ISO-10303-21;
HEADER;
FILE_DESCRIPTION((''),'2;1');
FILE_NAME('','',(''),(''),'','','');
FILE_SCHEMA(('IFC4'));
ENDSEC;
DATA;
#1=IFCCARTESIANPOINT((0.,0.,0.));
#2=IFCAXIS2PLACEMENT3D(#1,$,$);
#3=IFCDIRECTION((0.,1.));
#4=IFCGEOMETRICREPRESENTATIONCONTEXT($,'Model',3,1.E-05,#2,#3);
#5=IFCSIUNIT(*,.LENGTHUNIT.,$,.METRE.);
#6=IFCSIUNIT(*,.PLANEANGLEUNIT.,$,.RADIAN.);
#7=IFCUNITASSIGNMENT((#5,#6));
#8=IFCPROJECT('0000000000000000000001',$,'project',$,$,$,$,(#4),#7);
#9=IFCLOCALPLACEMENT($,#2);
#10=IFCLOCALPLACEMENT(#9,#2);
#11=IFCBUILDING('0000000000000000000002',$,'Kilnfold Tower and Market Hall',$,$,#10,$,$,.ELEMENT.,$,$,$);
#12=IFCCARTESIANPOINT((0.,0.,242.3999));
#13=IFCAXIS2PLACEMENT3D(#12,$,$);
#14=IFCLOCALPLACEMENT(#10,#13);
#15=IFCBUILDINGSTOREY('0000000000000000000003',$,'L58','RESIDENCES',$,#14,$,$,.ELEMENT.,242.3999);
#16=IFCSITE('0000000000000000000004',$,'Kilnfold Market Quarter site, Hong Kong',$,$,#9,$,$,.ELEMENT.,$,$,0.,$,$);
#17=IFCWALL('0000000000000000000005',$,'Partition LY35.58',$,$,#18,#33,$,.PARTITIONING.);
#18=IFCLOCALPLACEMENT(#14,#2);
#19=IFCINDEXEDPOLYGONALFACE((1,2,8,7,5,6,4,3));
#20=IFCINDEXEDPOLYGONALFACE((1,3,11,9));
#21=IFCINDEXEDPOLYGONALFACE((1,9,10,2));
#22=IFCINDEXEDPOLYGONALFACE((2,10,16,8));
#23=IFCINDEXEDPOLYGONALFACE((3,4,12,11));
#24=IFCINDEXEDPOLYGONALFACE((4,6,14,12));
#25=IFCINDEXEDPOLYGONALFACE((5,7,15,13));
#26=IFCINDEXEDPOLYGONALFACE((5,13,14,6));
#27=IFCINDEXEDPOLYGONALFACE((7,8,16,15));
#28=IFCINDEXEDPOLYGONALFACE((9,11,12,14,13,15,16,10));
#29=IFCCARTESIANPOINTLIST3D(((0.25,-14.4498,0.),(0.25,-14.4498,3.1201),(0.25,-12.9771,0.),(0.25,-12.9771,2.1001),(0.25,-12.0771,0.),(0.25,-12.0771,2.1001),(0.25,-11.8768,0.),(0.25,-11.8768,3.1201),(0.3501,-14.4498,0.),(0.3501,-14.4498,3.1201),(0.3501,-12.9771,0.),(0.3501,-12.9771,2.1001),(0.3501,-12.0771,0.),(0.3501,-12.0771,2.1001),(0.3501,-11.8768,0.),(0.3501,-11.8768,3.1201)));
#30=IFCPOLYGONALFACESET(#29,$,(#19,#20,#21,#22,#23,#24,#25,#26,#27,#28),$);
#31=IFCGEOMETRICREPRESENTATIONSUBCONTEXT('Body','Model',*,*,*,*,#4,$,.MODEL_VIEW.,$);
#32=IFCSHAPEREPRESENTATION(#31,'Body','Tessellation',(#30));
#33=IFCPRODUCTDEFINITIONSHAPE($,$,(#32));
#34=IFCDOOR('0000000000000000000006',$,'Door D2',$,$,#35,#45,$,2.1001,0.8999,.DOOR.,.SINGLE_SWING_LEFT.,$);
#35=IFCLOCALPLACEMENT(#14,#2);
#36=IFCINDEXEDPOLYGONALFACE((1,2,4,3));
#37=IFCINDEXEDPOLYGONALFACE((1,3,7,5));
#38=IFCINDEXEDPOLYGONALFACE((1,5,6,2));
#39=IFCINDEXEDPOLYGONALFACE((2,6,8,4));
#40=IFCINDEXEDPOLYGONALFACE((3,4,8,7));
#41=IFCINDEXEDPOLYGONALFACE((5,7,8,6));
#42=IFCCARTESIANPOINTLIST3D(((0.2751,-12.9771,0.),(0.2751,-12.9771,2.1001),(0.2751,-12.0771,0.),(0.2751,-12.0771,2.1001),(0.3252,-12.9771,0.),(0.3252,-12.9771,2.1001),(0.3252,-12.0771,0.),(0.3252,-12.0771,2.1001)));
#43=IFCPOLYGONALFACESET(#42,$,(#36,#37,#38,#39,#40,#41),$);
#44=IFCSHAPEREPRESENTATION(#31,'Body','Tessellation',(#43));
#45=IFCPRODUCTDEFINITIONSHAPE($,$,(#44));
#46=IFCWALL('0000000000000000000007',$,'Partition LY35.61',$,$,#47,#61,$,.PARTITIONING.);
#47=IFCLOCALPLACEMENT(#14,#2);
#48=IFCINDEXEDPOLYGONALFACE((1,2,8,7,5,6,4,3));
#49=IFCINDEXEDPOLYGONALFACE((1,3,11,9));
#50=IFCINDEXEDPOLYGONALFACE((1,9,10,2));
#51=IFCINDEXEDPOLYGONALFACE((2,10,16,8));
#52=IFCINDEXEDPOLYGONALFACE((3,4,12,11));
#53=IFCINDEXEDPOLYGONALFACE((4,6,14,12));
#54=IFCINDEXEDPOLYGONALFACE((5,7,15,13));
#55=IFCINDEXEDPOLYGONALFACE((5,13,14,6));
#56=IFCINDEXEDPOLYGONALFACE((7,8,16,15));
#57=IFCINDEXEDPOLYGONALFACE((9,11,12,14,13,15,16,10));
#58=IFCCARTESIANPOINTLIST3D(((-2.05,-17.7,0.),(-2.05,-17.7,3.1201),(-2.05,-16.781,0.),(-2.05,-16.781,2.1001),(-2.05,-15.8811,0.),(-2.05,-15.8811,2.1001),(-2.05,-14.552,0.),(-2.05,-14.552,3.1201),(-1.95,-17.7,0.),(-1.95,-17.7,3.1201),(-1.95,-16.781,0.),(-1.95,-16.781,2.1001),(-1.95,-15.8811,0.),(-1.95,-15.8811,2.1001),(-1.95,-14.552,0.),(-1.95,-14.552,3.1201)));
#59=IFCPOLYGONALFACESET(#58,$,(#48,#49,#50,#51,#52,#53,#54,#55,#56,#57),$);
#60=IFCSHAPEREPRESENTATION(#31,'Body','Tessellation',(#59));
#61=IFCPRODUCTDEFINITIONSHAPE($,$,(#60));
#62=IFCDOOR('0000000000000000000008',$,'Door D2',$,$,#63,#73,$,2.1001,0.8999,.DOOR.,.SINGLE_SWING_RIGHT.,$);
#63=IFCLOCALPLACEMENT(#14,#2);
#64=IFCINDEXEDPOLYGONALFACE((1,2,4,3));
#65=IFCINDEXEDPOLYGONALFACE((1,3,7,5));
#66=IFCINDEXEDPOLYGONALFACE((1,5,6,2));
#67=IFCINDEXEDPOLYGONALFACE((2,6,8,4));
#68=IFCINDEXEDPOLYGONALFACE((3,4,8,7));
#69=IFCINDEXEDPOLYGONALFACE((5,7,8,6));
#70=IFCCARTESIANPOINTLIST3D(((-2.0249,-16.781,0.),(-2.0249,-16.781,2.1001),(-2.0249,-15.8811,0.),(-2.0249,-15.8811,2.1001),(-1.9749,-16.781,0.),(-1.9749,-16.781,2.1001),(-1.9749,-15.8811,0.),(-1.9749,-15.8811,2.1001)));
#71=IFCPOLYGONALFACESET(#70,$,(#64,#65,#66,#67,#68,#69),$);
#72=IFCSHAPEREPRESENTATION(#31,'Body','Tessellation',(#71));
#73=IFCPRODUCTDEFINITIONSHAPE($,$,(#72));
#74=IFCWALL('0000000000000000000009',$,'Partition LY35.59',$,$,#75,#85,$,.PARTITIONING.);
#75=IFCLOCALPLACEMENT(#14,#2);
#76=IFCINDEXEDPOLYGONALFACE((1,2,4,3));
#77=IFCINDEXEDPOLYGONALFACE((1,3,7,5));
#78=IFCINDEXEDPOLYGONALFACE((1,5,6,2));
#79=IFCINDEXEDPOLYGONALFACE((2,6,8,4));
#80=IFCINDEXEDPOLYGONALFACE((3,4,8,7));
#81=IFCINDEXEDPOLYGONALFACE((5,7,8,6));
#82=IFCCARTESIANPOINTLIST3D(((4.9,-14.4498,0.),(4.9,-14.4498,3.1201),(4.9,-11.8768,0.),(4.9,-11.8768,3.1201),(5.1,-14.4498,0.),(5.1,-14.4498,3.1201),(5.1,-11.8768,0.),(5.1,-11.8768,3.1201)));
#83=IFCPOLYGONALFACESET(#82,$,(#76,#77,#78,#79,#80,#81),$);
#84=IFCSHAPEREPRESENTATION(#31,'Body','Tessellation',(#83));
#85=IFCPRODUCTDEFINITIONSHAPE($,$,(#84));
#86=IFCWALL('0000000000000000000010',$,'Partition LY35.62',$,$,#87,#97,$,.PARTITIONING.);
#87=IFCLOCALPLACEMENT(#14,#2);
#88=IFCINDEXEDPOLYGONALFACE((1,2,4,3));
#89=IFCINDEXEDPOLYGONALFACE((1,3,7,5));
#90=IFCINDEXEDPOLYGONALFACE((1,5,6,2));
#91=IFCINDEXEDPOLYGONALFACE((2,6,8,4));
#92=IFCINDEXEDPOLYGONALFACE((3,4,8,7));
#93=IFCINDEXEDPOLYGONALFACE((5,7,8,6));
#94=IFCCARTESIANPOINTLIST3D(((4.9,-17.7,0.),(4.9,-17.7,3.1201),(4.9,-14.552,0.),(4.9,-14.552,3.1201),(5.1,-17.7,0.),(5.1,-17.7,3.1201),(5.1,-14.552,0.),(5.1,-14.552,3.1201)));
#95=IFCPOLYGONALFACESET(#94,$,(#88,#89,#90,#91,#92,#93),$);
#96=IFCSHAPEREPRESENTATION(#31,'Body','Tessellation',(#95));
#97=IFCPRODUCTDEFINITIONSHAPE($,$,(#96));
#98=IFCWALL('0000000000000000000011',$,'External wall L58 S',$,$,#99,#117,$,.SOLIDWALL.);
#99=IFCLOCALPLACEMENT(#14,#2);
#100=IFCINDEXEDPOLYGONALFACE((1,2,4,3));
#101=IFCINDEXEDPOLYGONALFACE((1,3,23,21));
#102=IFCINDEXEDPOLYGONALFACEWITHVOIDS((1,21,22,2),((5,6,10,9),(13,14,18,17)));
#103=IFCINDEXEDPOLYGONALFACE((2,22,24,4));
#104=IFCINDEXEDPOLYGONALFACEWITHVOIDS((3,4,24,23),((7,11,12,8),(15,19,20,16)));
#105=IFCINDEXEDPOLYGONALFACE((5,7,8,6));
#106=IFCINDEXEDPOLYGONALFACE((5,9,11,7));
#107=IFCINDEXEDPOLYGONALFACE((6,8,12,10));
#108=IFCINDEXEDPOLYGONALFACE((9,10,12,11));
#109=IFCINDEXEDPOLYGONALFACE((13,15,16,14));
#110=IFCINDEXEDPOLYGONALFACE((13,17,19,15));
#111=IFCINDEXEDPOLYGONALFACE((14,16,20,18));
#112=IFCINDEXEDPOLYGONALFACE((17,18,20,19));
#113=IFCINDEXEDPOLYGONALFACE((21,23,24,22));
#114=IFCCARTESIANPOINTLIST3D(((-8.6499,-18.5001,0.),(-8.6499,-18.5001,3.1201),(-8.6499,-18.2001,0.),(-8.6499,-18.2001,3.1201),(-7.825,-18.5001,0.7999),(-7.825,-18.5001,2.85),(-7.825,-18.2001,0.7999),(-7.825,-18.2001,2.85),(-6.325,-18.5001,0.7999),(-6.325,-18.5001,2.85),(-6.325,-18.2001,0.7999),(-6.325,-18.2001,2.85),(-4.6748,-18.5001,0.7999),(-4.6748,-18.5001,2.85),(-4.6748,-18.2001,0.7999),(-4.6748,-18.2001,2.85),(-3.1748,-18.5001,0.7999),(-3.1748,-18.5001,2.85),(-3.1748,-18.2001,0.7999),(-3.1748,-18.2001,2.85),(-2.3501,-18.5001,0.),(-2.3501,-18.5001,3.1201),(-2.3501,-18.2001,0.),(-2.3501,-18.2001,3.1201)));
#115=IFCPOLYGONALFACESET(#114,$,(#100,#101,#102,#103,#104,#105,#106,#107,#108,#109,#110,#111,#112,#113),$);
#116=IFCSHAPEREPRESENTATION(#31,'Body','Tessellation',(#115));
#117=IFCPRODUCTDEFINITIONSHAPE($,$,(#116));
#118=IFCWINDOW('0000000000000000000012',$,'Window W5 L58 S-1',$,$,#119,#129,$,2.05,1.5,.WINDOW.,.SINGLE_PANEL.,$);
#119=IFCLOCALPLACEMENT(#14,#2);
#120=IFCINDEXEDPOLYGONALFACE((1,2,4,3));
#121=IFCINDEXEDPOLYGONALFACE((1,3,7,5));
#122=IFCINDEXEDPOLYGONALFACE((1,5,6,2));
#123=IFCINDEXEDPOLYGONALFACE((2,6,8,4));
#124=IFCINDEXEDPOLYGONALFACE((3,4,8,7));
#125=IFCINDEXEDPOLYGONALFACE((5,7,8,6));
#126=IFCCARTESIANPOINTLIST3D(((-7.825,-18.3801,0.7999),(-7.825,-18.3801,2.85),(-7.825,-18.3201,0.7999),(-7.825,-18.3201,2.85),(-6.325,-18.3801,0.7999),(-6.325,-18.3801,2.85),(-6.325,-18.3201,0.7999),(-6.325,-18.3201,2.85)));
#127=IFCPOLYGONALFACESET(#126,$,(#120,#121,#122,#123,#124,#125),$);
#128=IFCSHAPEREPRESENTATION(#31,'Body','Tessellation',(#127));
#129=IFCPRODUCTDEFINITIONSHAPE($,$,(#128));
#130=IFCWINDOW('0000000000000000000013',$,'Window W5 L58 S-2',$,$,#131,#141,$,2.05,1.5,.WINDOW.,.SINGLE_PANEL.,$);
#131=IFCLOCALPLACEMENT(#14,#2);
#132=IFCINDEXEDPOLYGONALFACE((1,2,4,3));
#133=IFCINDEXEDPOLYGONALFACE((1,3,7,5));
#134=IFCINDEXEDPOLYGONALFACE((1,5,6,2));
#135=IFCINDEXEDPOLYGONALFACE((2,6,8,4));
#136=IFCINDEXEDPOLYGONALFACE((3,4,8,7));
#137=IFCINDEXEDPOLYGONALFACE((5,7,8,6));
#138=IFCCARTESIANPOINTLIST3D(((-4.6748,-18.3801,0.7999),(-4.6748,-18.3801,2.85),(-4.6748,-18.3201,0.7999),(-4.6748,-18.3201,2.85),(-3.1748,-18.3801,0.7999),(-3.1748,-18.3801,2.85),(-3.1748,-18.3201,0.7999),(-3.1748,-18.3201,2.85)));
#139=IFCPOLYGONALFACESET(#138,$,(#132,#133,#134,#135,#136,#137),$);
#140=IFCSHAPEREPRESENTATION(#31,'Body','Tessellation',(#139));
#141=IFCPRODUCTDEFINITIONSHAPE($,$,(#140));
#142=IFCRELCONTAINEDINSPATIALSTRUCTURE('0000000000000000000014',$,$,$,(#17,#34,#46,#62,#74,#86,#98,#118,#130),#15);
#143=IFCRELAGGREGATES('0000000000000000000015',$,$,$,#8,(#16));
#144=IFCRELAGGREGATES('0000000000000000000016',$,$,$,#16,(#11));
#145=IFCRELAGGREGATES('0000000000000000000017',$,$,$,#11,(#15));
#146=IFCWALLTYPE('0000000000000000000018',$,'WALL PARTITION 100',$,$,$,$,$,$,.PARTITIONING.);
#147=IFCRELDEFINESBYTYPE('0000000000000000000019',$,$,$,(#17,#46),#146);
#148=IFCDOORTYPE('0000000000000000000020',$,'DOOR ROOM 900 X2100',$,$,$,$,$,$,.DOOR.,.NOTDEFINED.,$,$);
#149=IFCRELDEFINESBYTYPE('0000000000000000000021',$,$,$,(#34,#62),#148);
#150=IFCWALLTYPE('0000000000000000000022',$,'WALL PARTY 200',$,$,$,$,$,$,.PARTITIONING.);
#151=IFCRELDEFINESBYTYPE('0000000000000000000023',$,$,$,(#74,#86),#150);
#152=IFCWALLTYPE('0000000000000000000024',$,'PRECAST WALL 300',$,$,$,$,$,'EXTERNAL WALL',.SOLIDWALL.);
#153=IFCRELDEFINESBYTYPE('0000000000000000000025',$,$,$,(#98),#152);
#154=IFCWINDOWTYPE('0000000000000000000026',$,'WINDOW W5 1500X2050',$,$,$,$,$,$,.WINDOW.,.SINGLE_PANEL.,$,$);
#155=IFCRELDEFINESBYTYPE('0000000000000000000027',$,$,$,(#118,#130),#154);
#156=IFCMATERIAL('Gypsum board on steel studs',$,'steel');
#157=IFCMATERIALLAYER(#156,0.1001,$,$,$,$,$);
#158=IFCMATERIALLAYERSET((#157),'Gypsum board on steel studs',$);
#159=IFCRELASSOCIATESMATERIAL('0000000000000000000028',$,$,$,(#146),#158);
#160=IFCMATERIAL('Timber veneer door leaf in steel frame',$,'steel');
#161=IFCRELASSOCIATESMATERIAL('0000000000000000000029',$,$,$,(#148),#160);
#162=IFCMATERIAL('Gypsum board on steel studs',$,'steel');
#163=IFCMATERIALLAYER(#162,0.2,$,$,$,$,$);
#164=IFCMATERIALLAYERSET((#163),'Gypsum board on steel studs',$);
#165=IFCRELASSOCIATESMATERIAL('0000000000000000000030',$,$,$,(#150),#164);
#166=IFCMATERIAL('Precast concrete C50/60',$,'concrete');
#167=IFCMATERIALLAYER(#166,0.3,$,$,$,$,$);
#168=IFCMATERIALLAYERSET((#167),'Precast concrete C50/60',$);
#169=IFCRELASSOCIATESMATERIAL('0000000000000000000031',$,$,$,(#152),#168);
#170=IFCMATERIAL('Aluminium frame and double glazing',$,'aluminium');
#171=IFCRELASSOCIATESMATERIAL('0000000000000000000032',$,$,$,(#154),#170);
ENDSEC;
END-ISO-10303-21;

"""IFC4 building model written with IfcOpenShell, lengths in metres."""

from ifc_helpers import new_model, si_unit, direction, frame, frame_2d, origin, place, context, subcontext, project, spatial, rectangle, extrude, source, transform, mapped, material, layer, layer_set, type_object, element, fill, save


model = new_model("IFC4")

# Units and contexts
model_context = context("Model", 3, precision=1e-05, world=origin(), true_north=direction((0.0, 1.0)))
body_context = subcontext(model_context, "Body", "Model", "MODEL_VIEW")
ifc_project = project(units=[si_unit("LENGTHUNIT", "METRE"), si_unit("PLANEANGLEUNIT", "RADIAN")], contexts=[model_context])

# Site, building, storey
site_placement = place(None, origin())
site = spatial("IfcSite", under=ifc_project, at=site_placement, Name="Kilnfold Market Quarter site, Hong Kong", CompositionType="ELEMENT", RefElevation=0.0)
building_placement = place(site_placement, origin())
building = spatial("IfcBuilding", under=site, at=building_placement, Name="Kilnfold Tower and Market Hall", CompositionType="ELEMENT")
storey_placement = place(building_placement, frame((0.0, 0.0, 242.3999)))
storey = spatial("IfcBuildingStorey", under=building, at=storey_placement, Name="L58", Description="RESIDENCES", CompositionType="ELEMENT", Elevation=242.3999)

# Walls, openings, doors
ifc_material_1 = material(Name="Gypsum board on steel studs", Category="steel")
ifc_layer_1 = layer(ifc_material_1, 0.1001)
ifc_layer_set_1 = layer_set([ifc_layer_1], Name="Gypsum board on steel studs")
wall_type_1 = type_object("IfcWallType", Name="WALL PARTITION 100", PredefinedType="PARTITIONING", material=ifc_layer_set_1)
wall_1_placement = place(storey_placement, frame((0.3, -14.45, 0.0), z_axis=(0.0, 0.0, 1.0), x_axis=(0.0, 1.0, 0.0)))
wall_1 = element("IfcWall", 1, at=wall_1_placement, inside=storey, type_object=wall_type_1, Name="Partition LY35.58", PredefinedType="PARTITIONING", context=body_context, shape_type="SweptSolid", body=[
    extrude(rectangle(XDim=2.573, YDim=0.1001, at=frame_2d((1.2866, 0.0))), origin(), (0.0, 0.0, 1.0), 3.1201),
])
opening_1_placement = place(wall_1_placement, frame((1.4729, 0.0, 0.0)))
opening_1 = element("IfcOpeningElement", 2, at=opening_1_placement, cuts=wall_1, PredefinedType="OPENING", context=body_context, shape_type="SweptSolid", body=[
    extrude(rectangle(XDim=0.8999, YDim=2.1001, at=frame_2d((0.45, 1.05))), frame((0.0, 0.0601, 0.0), z_axis=(0.0, -1.0, 0.0), x_axis=(1.0, 0.0, 0.0)), (0.0, 0.0, 1.0), 0.1201),
])
ifc_material_2 = material(Name="Timber veneer door leaf in steel frame", Category="steel")
door_type_1 = type_object("IfcDoorType", Name="DOOR ROOM 900 X2100", OperationType="NOTDEFINED", PredefinedType="DOOR", material=ifc_material_2)
door_1_placement = place(opening_1_placement, origin())
door_1 = element("IfcDoor", 3, at=door_1_placement, inside=storey, type_object=door_type_1, Name="Door D2", OperationType="SINGLE_SWING_LEFT", OverallHeight=2.1001, OverallWidth=0.8999, PredefinedType="DOOR", context=body_context, shape_type="SweptSolid", body=[
    extrude(rectangle(XDim=0.8999, YDim=2.1001, at=frame_2d((0.45, 1.05))), frame((0.0, 0.0249, 0.0), z_axis=(0.0, -1.0, 0.0), x_axis=(1.0, 0.0, 0.0)), (0.0, 0.0, 1.0), 0.05),
])
fill(opening_1, door_1)
wall_2_placement = place(storey_placement, frame((-2.0, -17.7, 0.0), z_axis=(0.0, 0.0, 1.0), x_axis=(0.0, 1.0, 0.0)))
wall_2 = element("IfcWall", 4, at=wall_2_placement, inside=storey, type_object=wall_type_1, Name="Partition LY35.61", PredefinedType="PARTITIONING", context=body_context, shape_type="SweptSolid", body=[
    extrude(rectangle(XDim=3.1479, YDim=0.1001, at=frame_2d((1.574, 0.0))), origin(), (0.0, 0.0, 1.0), 3.1201),
])
opening_2_placement = place(wall_2_placement, frame((0.9189, 0.0, 0.0)))
opening_2 = element("IfcOpeningElement", 5, at=opening_2_placement, cuts=wall_2, PredefinedType="OPENING", context=body_context, shape_type="SweptSolid", body=[
    extrude(rectangle(XDim=0.8999, YDim=2.1001, at=frame_2d((0.45, 1.05))), frame((0.0, 0.0601, 0.0), z_axis=(0.0, -1.0, 0.0), x_axis=(1.0, 0.0, 0.0)), (0.0, 0.0, 1.0), 0.1201),
])
door_2_placement = place(opening_2_placement, origin())
door_2 = element("IfcDoor", 6, at=door_2_placement, inside=storey, type_object=door_type_1, Name="Door D2", OperationType="SINGLE_SWING_RIGHT", OverallHeight=2.1001, OverallWidth=0.8999, PredefinedType="DOOR", context=body_context, shape_type="SweptSolid", body=[
    extrude(rectangle(XDim=0.8999, YDim=2.1001, at=frame_2d((0.45, 1.05))), frame((0.0, 0.0249, 0.0), z_axis=(0.0, -1.0, 0.0), x_axis=(1.0, 0.0, 0.0)), (0.0, 0.0, 1.0), 0.05),
])
fill(opening_2, door_2)

# Walls
ifc_material_3 = material(Name="Gypsum board on steel studs", Category="steel")
ifc_layer_2 = layer(ifc_material_3, 0.2)
ifc_layer_set_2 = layer_set([ifc_layer_2], Name="Gypsum board on steel studs")
wall_type_2 = type_object("IfcWallType", Name="WALL PARTY 200", PredefinedType="PARTITIONING", material=ifc_layer_set_2)
wall_3_placement = place(storey_placement, frame((5.0, -14.45, 0.0), z_axis=(0.0, 0.0, 1.0), x_axis=(0.0, 1.0, 0.0)))
element("IfcWall", 7, at=wall_3_placement, inside=storey, type_object=wall_type_2, Name="Partition LY35.59", PredefinedType="PARTITIONING", context=body_context, shape_type="SweptSolid", body=[
    extrude(rectangle(XDim=2.573, YDim=0.2, at=frame_2d((1.2866, 0.0))), origin(), (0.0, 0.0, 1.0), 3.1201),
])
wall_4_placement = place(storey_placement, frame((5.0, -17.7, 0.0), z_axis=(0.0, 0.0, 1.0), x_axis=(0.0, 1.0, 0.0)))
element("IfcWall", 8, at=wall_4_placement, inside=storey, type_object=wall_type_2, Name="Partition LY35.62", PredefinedType="PARTITIONING", context=body_context, shape_type="SweptSolid", body=[
    extrude(rectangle(XDim=3.1479, YDim=0.2, at=frame_2d((1.574, 0.0))), origin(), (0.0, 0.0, 1.0), 3.1201),
])

# Wall, openings, windows
ifc_material_4 = material(Name="Precast concrete C50/60", Category="concrete")
ifc_layer_3 = layer(ifc_material_4, 0.3)
ifc_layer_set_3 = layer_set([ifc_layer_3], Name="Precast concrete C50/60")
wall_type_3 = type_object("IfcWallType", Name="PRECAST WALL 300", ElementType="EXTERNAL WALL", PredefinedType="SOLIDWALL", material=ifc_layer_set_3)
shared_shape_1 = source(origin(), body_context, "Body", "SweptSolid", [
    extrude(rectangle(XDim=6.2998, YDim=0.3, at=frame_2d((3.1499, 0.0))), origin(), (0.0, 0.0, 1.0), 3.1201),
])
wall_5_placement = place(storey_placement, frame((-8.6499, -18.3501, 0.0), z_axis=(0.0, 0.0, 1.0), x_axis=(1.0, 0.0, 0.0)))
wall_5 = element("IfcWall", 9, at=wall_5_placement, inside=storey, type_object=wall_type_3, Name="External wall L58 S", PredefinedType="SOLIDWALL", context=body_context, shape_type="MappedRepresentation", body=[
    mapped(shared_shape_1, transform((0.0, 0.0, 0.0))),
])
opening_3_placement = place(wall_5_placement, frame((0.825, 0.0, 0.8)))
opening_3 = element("IfcOpeningElement", 10, at=opening_3_placement, cuts=wall_5, PredefinedType="OPENING", context=body_context, shape_type="SweptSolid", body=[
    extrude(rectangle(XDim=1.5, YDim=2.05, at=frame_2d((0.75, 1.0249))), frame((0.0, 0.1602, 0.0), z_axis=(0.0, -1.0, 0.0), x_axis=(1.0, 0.0, 0.0)), (0.0, 0.0, 1.0), 0.3201),
])
opening_4_placement = place(wall_5_placement, frame((3.9751, 0.0, 0.8)))
opening_4 = element("IfcOpeningElement", 11, at=opening_4_placement, cuts=wall_5, PredefinedType="OPENING", context=body_context, shape_type="SweptSolid", body=[
    extrude(rectangle(XDim=1.5, YDim=2.05, at=frame_2d((0.75, 1.0249))), frame((0.0, 0.1602, 0.0), z_axis=(0.0, -1.0, 0.0), x_axis=(1.0, 0.0, 0.0)), (0.0, 0.0, 1.0), 0.3201),
])
ifc_material_5 = material(Name="Aluminium frame and double glazing", Category="aluminium")
window_type = type_object("IfcWindowType", Name="WINDOW W5 1500X2050", PartitioningType="SINGLE_PANEL", PredefinedType="WINDOW", material=ifc_material_5)
window_1_placement = place(opening_3_placement, origin())
window_1 = element("IfcWindow", 12, at=window_1_placement, inside=storey, type_object=window_type, Name="Window W5 L58 S-1", OverallHeight=2.05, OverallWidth=1.5, PartitioningType="SINGLE_PANEL", PredefinedType="WINDOW", context=body_context, shape_type="SweptSolid", body=[
    extrude(rectangle(XDim=1.5, YDim=2.05, at=frame_2d((0.75, 1.0249))), frame((0.0, 0.03, 0.0), z_axis=(0.0, -1.0, 0.0), x_axis=(1.0, 0.0, 0.0)), (0.0, 0.0, 1.0), 0.0601),
])
fill(opening_3, window_1)
window_2_placement = place(opening_4_placement, origin())
window_2 = element("IfcWindow", 13, at=window_2_placement, inside=storey, type_object=window_type, Name="Window W5 L58 S-2", OverallHeight=2.05, OverallWidth=1.5, PartitioningType="SINGLE_PANEL", PredefinedType="WINDOW", context=body_context, shape_type="SweptSolid", body=[
    extrude(rectangle(XDim=1.5, YDim=2.05, at=frame_2d((0.75, 1.0249))), frame((0.0, 0.03, 0.0), z_axis=(0.0, -1.0, 0.0), x_axis=(1.0, 0.0, 0.0)), (0.0, 0.0, 1.0), 0.0601),
])
fill(opening_4, window_2)

save(model, "model.ifc")
